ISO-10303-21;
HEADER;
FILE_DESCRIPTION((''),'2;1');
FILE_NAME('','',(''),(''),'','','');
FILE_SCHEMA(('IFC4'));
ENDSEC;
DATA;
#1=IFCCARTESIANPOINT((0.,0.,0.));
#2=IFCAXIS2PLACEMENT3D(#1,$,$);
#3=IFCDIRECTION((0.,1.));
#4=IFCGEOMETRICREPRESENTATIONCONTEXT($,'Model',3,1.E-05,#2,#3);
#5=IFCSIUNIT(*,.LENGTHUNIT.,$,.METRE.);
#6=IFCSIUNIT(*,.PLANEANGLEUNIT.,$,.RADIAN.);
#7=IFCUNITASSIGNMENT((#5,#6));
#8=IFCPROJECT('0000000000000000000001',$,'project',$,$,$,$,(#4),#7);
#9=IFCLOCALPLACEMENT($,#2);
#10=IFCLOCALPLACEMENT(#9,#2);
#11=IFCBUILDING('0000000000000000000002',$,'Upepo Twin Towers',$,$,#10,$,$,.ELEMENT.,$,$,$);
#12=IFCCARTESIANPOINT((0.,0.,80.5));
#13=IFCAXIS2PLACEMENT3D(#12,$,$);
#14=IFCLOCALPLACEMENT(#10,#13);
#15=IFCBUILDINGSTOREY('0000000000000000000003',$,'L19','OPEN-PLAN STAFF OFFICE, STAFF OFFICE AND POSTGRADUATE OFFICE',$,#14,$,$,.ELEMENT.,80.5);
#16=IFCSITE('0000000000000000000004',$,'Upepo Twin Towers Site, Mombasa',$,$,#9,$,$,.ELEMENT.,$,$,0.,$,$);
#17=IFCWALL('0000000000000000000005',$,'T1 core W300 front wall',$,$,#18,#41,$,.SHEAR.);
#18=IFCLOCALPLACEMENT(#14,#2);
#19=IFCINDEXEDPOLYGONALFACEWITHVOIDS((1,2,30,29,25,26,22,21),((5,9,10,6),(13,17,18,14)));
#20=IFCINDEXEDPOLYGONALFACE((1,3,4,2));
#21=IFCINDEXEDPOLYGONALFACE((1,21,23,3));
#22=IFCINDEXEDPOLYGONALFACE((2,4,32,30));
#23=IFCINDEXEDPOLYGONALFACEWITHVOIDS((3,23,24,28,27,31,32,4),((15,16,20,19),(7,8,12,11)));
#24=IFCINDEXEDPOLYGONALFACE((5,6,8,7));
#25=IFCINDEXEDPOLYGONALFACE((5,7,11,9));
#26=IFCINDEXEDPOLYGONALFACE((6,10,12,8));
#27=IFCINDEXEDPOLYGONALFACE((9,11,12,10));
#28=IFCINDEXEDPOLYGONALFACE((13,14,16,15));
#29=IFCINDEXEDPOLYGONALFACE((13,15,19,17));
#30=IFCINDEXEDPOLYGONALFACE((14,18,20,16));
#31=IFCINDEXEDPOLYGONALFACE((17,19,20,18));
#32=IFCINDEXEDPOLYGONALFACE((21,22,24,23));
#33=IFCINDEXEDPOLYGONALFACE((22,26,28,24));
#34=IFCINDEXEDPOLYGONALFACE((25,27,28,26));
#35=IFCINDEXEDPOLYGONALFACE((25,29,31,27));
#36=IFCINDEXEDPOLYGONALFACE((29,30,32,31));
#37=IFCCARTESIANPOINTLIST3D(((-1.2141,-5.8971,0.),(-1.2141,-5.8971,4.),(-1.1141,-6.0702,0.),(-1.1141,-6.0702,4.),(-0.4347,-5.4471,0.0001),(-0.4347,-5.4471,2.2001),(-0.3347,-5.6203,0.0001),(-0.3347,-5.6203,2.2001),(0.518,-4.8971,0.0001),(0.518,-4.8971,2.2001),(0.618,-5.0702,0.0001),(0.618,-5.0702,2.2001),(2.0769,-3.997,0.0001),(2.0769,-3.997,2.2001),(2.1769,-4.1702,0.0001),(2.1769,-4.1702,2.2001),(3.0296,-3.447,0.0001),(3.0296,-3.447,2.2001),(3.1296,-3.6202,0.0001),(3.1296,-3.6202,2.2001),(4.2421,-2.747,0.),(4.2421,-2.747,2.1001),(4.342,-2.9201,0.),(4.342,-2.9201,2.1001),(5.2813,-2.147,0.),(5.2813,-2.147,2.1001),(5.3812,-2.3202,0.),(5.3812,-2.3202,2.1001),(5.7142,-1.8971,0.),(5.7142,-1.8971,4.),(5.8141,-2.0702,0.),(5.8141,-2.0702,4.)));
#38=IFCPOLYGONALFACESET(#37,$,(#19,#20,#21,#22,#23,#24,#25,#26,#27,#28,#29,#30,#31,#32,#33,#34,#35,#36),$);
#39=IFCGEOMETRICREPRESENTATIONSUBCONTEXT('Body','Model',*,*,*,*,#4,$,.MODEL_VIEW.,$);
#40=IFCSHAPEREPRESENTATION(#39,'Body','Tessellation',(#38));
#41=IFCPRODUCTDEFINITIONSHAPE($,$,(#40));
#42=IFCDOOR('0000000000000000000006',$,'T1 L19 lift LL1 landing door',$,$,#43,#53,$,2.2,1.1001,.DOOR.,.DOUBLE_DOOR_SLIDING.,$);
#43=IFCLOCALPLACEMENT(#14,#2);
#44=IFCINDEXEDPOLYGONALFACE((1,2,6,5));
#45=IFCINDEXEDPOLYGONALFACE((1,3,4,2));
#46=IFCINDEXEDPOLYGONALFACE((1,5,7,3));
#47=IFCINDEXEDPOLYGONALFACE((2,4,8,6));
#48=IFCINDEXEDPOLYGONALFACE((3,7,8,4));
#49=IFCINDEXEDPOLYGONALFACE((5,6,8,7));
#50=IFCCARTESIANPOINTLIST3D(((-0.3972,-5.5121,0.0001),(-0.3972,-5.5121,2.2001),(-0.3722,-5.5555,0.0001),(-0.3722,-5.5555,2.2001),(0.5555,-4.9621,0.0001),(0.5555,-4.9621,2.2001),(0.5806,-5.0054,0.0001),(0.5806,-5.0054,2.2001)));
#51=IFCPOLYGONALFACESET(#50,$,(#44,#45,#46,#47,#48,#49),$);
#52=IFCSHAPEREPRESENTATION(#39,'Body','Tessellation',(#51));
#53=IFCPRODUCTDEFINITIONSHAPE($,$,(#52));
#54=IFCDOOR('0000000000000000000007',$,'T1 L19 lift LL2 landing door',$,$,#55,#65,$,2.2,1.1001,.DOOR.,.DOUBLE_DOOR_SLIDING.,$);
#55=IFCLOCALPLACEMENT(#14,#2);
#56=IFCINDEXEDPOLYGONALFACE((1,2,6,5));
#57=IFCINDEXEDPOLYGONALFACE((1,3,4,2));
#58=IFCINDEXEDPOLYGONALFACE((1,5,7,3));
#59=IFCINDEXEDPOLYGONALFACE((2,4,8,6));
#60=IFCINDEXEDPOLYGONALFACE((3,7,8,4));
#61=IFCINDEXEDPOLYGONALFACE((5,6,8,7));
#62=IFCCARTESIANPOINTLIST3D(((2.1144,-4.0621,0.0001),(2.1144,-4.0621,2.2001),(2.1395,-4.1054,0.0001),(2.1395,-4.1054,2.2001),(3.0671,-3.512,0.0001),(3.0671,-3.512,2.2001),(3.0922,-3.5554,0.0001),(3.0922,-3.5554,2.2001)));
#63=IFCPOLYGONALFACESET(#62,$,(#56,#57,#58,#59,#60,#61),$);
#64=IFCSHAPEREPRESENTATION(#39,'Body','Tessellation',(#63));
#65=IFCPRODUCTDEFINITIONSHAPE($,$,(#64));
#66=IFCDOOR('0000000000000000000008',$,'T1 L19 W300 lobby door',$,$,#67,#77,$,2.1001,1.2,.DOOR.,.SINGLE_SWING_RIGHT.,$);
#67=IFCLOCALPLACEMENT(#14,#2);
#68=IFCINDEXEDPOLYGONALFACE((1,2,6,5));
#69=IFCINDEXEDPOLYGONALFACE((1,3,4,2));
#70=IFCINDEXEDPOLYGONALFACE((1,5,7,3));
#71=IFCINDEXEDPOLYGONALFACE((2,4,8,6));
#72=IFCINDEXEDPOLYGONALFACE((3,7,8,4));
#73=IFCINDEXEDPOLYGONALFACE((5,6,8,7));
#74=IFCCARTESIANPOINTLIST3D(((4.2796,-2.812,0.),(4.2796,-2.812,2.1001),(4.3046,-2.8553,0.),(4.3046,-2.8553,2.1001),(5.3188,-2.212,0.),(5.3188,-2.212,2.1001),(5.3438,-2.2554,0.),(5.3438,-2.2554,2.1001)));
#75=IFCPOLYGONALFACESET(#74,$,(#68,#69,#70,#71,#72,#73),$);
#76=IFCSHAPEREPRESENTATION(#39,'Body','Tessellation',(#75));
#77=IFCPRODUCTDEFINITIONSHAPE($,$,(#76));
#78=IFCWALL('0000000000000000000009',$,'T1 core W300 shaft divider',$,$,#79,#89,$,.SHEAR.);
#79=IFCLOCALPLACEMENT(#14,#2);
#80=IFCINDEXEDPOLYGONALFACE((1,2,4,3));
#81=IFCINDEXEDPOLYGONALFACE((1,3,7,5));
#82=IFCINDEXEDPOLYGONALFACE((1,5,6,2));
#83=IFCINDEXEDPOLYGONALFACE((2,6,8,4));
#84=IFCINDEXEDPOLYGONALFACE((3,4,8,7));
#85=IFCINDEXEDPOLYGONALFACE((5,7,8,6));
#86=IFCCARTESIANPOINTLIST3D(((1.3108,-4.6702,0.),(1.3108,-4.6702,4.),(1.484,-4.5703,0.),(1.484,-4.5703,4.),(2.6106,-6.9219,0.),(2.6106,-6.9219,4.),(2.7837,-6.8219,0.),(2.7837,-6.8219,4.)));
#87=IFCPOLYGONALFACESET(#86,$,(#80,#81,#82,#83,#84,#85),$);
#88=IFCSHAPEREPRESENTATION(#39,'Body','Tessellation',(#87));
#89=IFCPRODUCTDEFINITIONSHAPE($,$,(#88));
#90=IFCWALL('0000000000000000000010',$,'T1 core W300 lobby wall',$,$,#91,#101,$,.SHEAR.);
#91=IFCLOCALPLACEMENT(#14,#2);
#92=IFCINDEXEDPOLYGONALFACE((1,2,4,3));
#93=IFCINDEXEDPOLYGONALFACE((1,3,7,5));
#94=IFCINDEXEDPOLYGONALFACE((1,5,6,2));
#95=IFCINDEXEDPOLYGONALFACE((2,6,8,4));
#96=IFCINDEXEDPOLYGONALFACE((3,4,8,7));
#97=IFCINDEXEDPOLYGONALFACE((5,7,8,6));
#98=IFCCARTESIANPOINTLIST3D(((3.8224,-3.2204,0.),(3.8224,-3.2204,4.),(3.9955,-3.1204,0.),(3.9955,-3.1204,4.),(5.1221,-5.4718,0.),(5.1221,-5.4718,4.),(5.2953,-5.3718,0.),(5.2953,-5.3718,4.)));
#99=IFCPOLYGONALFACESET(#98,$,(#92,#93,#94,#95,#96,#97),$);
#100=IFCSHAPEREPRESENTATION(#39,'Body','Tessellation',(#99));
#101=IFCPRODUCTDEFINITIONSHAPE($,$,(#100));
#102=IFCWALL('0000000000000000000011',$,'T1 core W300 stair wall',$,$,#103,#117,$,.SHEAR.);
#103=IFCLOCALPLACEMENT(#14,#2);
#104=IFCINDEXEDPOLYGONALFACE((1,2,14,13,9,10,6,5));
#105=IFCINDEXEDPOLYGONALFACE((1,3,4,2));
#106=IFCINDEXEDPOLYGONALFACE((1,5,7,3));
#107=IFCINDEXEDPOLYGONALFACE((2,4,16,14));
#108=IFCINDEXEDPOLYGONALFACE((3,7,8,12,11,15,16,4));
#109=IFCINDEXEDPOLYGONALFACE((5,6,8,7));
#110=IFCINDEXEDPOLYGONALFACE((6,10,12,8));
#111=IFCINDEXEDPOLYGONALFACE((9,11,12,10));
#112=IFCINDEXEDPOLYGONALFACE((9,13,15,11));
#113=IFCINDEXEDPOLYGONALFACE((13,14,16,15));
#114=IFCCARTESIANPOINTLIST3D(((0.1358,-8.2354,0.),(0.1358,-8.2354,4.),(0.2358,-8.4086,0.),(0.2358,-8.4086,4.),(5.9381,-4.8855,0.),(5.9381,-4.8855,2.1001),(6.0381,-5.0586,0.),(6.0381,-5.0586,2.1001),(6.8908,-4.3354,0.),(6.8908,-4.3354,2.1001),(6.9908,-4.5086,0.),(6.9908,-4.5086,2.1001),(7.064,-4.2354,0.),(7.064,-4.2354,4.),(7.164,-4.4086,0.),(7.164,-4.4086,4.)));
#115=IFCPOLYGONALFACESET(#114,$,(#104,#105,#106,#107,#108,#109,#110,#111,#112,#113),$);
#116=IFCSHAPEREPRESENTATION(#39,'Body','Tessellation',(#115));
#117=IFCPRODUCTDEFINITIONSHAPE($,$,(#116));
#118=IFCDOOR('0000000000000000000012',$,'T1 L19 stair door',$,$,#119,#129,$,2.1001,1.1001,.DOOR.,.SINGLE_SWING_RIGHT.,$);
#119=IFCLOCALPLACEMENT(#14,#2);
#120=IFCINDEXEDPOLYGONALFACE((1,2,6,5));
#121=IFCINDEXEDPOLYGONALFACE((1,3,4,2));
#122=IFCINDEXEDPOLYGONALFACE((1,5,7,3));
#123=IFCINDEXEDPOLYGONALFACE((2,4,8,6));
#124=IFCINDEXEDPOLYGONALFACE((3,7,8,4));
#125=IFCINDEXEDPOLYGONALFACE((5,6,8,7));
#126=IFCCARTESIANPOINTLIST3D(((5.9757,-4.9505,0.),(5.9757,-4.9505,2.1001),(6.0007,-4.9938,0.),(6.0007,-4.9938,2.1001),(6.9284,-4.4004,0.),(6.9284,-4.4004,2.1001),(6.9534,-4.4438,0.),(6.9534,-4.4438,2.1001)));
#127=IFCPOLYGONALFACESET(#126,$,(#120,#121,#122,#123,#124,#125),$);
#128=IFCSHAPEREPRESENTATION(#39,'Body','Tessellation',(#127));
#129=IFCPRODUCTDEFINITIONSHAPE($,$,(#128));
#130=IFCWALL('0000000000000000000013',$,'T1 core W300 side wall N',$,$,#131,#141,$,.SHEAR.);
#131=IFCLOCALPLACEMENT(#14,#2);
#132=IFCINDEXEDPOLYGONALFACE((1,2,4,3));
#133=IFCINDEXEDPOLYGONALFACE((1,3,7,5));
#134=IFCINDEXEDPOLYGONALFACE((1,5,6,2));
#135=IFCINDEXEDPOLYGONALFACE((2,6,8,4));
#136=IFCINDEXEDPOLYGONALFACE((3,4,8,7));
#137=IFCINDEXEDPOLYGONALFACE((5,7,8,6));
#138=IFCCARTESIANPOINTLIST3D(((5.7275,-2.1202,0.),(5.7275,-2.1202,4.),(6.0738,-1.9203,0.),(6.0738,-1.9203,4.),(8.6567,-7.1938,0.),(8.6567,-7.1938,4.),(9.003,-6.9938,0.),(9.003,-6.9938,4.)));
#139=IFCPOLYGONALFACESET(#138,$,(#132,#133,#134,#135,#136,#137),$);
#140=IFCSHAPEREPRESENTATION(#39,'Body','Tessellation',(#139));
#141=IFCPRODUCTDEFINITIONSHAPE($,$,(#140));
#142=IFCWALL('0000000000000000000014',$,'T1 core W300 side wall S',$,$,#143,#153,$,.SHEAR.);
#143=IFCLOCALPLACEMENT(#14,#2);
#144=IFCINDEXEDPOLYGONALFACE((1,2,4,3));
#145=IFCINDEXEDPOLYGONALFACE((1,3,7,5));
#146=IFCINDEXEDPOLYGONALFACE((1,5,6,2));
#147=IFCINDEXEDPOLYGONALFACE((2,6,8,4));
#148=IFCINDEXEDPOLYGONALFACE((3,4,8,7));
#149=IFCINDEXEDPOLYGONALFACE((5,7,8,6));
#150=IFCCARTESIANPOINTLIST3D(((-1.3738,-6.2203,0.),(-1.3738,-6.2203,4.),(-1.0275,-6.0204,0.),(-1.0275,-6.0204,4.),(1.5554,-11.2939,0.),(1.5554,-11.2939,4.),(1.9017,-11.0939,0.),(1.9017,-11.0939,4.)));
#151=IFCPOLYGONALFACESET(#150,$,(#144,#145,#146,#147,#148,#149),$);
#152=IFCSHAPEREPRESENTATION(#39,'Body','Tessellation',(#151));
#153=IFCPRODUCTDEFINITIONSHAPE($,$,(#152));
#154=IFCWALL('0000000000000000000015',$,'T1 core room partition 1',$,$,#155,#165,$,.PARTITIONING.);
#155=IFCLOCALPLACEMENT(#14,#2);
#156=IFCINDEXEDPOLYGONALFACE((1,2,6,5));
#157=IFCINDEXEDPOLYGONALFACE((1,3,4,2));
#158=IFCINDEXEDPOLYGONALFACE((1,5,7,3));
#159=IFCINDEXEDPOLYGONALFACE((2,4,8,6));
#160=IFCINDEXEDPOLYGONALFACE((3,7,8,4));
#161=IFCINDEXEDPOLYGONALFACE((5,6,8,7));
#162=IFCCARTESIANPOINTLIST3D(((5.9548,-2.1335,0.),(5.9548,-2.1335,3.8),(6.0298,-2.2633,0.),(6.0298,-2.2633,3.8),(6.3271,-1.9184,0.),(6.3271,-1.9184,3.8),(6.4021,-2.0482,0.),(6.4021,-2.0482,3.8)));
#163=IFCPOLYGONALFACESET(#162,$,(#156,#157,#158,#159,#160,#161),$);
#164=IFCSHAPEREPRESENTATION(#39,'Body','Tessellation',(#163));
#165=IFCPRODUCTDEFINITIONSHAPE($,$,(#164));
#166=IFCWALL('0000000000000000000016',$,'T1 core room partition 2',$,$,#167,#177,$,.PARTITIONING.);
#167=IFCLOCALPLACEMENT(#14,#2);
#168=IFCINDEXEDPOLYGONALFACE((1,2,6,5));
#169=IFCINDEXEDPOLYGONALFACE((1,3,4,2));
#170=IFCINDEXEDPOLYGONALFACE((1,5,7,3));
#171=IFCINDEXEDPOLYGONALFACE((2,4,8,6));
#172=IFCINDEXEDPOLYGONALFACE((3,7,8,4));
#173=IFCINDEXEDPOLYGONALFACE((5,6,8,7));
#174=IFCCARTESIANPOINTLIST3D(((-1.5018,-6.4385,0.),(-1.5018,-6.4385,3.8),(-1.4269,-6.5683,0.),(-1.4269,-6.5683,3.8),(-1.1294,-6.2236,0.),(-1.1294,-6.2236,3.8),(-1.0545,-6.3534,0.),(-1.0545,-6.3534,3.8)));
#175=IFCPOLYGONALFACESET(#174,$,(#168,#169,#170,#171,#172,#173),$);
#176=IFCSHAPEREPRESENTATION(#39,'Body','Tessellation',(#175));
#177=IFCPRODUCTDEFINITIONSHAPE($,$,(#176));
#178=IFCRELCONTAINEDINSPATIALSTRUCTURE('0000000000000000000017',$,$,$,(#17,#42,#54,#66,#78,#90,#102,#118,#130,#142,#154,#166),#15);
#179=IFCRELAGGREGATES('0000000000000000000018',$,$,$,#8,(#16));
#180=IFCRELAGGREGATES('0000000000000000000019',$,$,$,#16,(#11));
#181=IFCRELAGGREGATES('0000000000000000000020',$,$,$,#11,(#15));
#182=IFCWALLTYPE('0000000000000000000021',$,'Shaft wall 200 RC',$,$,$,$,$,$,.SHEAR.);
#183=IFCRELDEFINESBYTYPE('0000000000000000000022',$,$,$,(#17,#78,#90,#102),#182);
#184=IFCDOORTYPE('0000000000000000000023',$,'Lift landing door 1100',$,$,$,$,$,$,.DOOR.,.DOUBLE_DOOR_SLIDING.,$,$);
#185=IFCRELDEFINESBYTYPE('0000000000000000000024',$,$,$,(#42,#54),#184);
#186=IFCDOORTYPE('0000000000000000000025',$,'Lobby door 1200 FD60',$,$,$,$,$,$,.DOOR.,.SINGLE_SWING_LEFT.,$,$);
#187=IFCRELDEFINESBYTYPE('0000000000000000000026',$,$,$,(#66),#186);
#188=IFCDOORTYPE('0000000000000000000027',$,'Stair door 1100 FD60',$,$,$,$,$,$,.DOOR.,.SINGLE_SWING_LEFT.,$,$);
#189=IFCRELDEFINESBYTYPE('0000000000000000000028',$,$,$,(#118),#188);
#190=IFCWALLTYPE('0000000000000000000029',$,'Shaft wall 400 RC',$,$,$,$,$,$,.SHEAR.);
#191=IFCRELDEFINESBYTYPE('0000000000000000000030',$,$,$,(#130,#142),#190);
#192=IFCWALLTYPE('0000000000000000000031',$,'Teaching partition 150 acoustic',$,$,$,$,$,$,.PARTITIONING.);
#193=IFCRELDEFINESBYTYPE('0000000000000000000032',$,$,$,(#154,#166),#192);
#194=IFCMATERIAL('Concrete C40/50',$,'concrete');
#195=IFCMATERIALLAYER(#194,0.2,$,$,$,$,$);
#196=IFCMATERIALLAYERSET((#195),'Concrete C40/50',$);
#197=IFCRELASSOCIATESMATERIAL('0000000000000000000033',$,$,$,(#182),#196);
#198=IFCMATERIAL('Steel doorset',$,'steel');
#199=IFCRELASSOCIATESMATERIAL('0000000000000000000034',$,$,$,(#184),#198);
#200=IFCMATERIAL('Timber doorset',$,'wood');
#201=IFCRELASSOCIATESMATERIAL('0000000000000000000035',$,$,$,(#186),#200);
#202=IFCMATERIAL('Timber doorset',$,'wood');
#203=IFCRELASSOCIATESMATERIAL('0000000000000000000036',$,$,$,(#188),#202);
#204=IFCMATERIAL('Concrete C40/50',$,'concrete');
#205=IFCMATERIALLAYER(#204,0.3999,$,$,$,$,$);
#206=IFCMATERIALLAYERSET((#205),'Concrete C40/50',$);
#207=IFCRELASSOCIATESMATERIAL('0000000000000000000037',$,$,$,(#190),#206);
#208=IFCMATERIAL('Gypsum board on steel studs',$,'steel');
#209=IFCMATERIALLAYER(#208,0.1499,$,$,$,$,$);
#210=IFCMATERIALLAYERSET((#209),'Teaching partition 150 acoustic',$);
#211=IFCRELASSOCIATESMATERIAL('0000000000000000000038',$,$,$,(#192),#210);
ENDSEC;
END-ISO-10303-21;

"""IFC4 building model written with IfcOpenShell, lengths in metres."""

from ifc_helpers import new_model, si_unit, direction, frame, frame_2d, origin, place, context, subcontext, project, spatial, rectangle, extrude, material, layer, layer_set, type_object, element, fill, save


model = new_model("IFC4")

# Units and contexts
model_context = context("Model", 3, precision=1e-05, world=origin(), true_north=direction((0.0, 1.0)))
body_context = subcontext(model_context, "Body", "Model", "MODEL_VIEW")
ifc_project = project(units=[si_unit("LENGTHUNIT", "METRE"), si_unit("PLANEANGLEUNIT", "RADIAN")], contexts=[model_context])

# Site, building, storey
site_placement = place(None, origin())
site = spatial("IfcSite", under=ifc_project, at=site_placement, Name="Upepo Twin Towers Site, Mombasa", CompositionType="ELEMENT", RefElevation=0.0)
building_placement = place(site_placement, origin())
building = spatial("IfcBuilding", under=site, at=building_placement, Name="Upepo Twin Towers", CompositionType="ELEMENT")
storey_placement = place(building_placement, frame((0.0, 0.0, 80.5)))
storey = spatial("IfcBuildingStorey", under=building, at=storey_placement, Name="L19", Description="OPEN-PLAN STAFF OFFICE, STAFF OFFICE AND POSTGRADUATE OFFICE", CompositionType="ELEMENT", Elevation=80.5)

# Wall, openings, doors
ifc_material_1 = material(Name="Concrete C40/50", Category="concrete")
ifc_layer_1 = layer(ifc_material_1, 0.2)
ifc_layer_set_1 = layer_set([ifc_layer_1], Name="Concrete C40/50")
wall_type_1 = type_object("IfcWallType", Name="Shaft wall 200 RC", PredefinedType="SHEAR", material=ifc_layer_set_1)
wall_1_placement = place(storey_placement, frame((-1.1641, -5.9836, 0.0), z_axis=(0.0, 0.0, 1.0), x_axis=(0.866026, 0.499999, 0.0)))
wall_1 = element("IfcWall", 1, at=wall_1_placement, inside=storey, type_object=wall_type_1, Name="T1 core W300 front wall", PredefinedType="SHEAR", context=body_context, shape_type="SweptSolid", body=[
    extrude(rectangle(XDim=8.0, YDim=0.2, at=frame_2d((4.0, 0.0))), origin(), (0.0, 0.0, 1.0), 4.0),
])
opening_1_placement = place(wall_1_placement, frame((6.3, 0.0, 0.0)))
opening_1 = element("IfcOpeningElement", 2, at=opening_1_placement, cuts=wall_1, PredefinedType="OPENING", context=body_context, shape_type="SweptSolid", body=[
    extrude(rectangle(XDim=1.2, YDim=2.1001, at=frame_2d((0.6001, 1.05))), frame((0.0, 0.1099, 0.0), z_axis=(0.0, -1.0, 0.0), x_axis=(1.0, 0.0, 0.0)), (0.0, 0.0, 1.0), 0.22),
])
opening_2_placement = place(wall_1_placement, frame((0.8999, 0.0, 0.0)))
opening_2 = element("IfcOpeningElement", 3, at=opening_2_placement, cuts=wall_1, PredefinedType="OPENING", context=body_context, shape_type="SweptSolid", body=[
    extrude(rectangle(XDim=1.1001, YDim=2.2, at=frame_2d((0.55, 1.1001))), frame((0.0, 0.1099, 0.0), z_axis=(0.0, -1.0, 0.0), x_axis=(1.0, 0.0, 0.0)), (0.0, 0.0, 1.0), 0.22),
])
opening_3_placement = place(wall_1_placement, frame((3.8, 0.0, 0.0)))
opening_3 = element("IfcOpeningElement", 4, at=opening_3_placement, cuts=wall_1, PredefinedType="OPENING", context=body_context, shape_type="SweptSolid", body=[
    extrude(rectangle(XDim=1.1001, YDim=2.2, at=frame_2d((0.55, 1.1001))), frame((0.0, 0.1099, 0.0), z_axis=(0.0, -1.0, 0.0), x_axis=(1.0, 0.0, 0.0)), (0.0, 0.0, 1.0), 0.22),
])
ifc_material_2 = material(Name="Steel doorset", Category="steel")
door_type_1 = type_object("IfcDoorType", Name="Lift landing door 1100", OperationType="DOUBLE_DOOR_SLIDING", PredefinedType="DOOR", material=ifc_material_2)
door_1_placement = place(opening_2_placement, origin())
door_1 = element("IfcDoor", 5, at=door_1_placement, inside=storey, type_object=door_type_1, Name="T1 L19 lift LL1 landing door", OperationType="DOUBLE_DOOR_SLIDING", OverallHeight=2.2, OverallWidth=1.1001, PredefinedType="DOOR", context=body_context, shape_type="SweptSolid", body=[
    extrude(rectangle(XDim=1.1001, YDim=2.2, at=frame_2d((0.55, 1.1001))), frame((0.0, 0.0249, 0.0), z_axis=(0.0, -1.0, 0.0), x_axis=(1.0, 0.0, 0.0)), (0.0, 0.0, 1.0), 0.05),
])
fill(opening_2, door_1)
door_2_placement = place(opening_3_placement, origin())
door_2 = element("IfcDoor", 6, at=door_2_placement, inside=storey, type_object=door_type_1, Name="T1 L19 lift LL2 landing door", OperationType="DOUBLE_DOOR_SLIDING", OverallHeight=2.2, OverallWidth=1.1001, PredefinedType="DOOR", context=body_context, shape_type="SweptSolid", body=[
    extrude(rectangle(XDim=1.1001, YDim=2.2, at=frame_2d((0.55, 1.1001))), frame((0.0, 0.0249, 0.0), z_axis=(0.0, -1.0, 0.0), x_axis=(1.0, 0.0, 0.0)), (0.0, 0.0, 1.0), 0.05),
])
fill(opening_3, door_2)
ifc_material_3 = material(Name="Timber doorset", Category="wood")
door_type_2 = type_object("IfcDoorType", Name="Lobby door 1200 FD60", OperationType="SINGLE_SWING_LEFT", PredefinedType="DOOR", material=ifc_material_3)
door_3_placement = place(opening_1_placement, origin())
door_3 = element("IfcDoor", 7, at=door_3_placement, inside=storey, type_object=door_type_2, Name="T1 L19 W300 lobby door", OperationType="SINGLE_SWING_RIGHT", OverallHeight=2.1001, OverallWidth=1.2, PredefinedType="DOOR", context=body_context, shape_type="SweptSolid", body=[
    extrude(rectangle(XDim=1.2, YDim=2.1001, at=frame_2d((0.6001, 1.05))), frame((0.0, 0.0249, 0.0), z_axis=(0.0, -1.0, 0.0), x_axis=(1.0, 0.0, 0.0)), (0.0, 0.0, 1.0), 0.05),
])
fill(opening_1, door_3)

# Walls
wall_2_placement = place(storey_placement, frame((1.3975, -4.6204, 0.0), z_axis=(0.0, 0.0, 1.0), x_axis=(0.499937, -0.866062, 0.0)))
element("IfcWall", 8, at=wall_2_placement, inside=storey, type_object=wall_type_1, Name="T1 core W300 shaft divider", PredefinedType="SHEAR", context=body_context, shape_type="SweptSolid", body=[
    extrude(rectangle(XDim=2.5999, YDim=0.2, at=frame_2d((1.2998, 0.0))), origin(), (0.0, 0.0, 1.0), 4.0),
])
wall_3_placement = place(storey_placement, frame((3.9089, -3.1704, 0.0), z_axis=(0.0, 0.0, 1.0), x_axis=(0.499977, -0.866039, 0.0)))
element("IfcWall", 9, at=wall_3_placement, inside=storey, type_object=wall_type_1, Name="T1 core W300 lobby wall", PredefinedType="SHEAR", context=body_context, shape_type="SweptSolid", body=[
    extrude(rectangle(XDim=2.5996, YDim=0.2, at=frame_2d((1.2998, 0.0))), origin(), (0.0, 0.0, 1.0), 4.0),
])

# Wall, opening, door
wall_4_placement = place(storey_placement, frame((0.1858, -8.322, 0.0), z_axis=(0.0, 0.0, 1.0), x_axis=(0.866026, 0.499999, 0.0)))
wall_4 = element("IfcWall", 10, at=wall_4_placement, inside=storey, type_object=wall_type_1, Name="T1 core W300 stair wall", PredefinedType="SHEAR", context=body_context, shape_type="SweptSolid", body=[
    extrude(rectangle(XDim=8.0, YDim=0.2, at=frame_2d((4.0, 0.0))), origin(), (0.0, 0.0, 1.0), 4.0),
])
opening_4_placement = place(wall_4_placement, frame((6.7, 0.0, 0.0)))
opening_4 = element("IfcOpeningElement", 11, at=opening_4_placement, cuts=wall_4, PredefinedType="OPENING", context=body_context, shape_type="SweptSolid", body=[
    extrude(rectangle(XDim=1.1001, YDim=2.1001, at=frame_2d((0.55, 1.05))), frame((0.0, 0.1099, 0.0), z_axis=(0.0, -1.0, 0.0), x_axis=(1.0, 0.0, 0.0)), (0.0, 0.0, 1.0), 0.22),
])
ifc_material_4 = material(Name="Timber doorset", Category="wood")
door_type_3 = type_object("IfcDoorType", Name="Stair door 1100 FD60", OperationType="SINGLE_SWING_LEFT", PredefinedType="DOOR", material=ifc_material_4)
door_4_placement = place(opening_4_placement, origin())
door_4 = element("IfcDoor", 12, at=door_4_placement, inside=storey, type_object=door_type_3, Name="T1 L19 stair door", OperationType="SINGLE_SWING_RIGHT", OverallHeight=2.1001, OverallWidth=1.1001, PredefinedType="DOOR", context=body_context, shape_type="SweptSolid", body=[
    extrude(rectangle(XDim=1.1001, YDim=2.1001, at=frame_2d((0.55, 1.05))), frame((0.0, 0.0249, 0.0), z_axis=(0.0, -1.0, 0.0), x_axis=(1.0, 0.0, 0.0)), (0.0, 0.0, 1.0), 0.05),
])
fill(opening_4, door_4)

# Walls
ifc_material_5 = material(Name="Concrete C40/50", Category="concrete")
ifc_layer_2 = layer(ifc_material_5, 0.3999)
ifc_layer_set_2 = layer_set([ifc_layer_2], Name="Concrete C40/50")
wall_type_2 = type_object("IfcWallType", Name="Shaft wall 400 RC", PredefinedType="SHEAR", material=ifc_layer_set_2)
for number, where, z_axis, x_axis, name in (
    (13, (5.9006, -2.0203, 0.0), (0.0, 0.0, 1.0), (0.500003, -0.866024, 0.0), "T1 core W300 side wall N"),
    (14, (-1.2007, -6.1204, 0.0), (0.0, 0.0, 1.0), (0.500003, -0.866024, 0.0), "T1 core W300 side wall S"),
):
    element("IfcWall", number, at=place(storey_placement, frame(where, z_axis=z_axis, x_axis=x_axis)), inside=storey, type_object=wall_type_2, Name=name, PredefinedType="SHEAR", context=body_context, shape_type="SweptSolid", body=[
        extrude(rectangle(XDim=5.8584, YDim=0.3999, at=frame_2d((2.9292, 0.0))), origin(), (0.0, 0.0, 1.0), 4.0),
    ])
ifc_material_6 = material(Name="Gypsum board on steel studs", Category="steel")
ifc_layer_3 = layer(ifc_material_6, 0.1499)
ifc_layer_set_3 = layer_set([ifc_layer_3], Name="Teaching partition 150 acoustic")
wall_type_3 = type_object("IfcWallType", Name="Teaching partition 150 acoustic", PredefinedType="PARTITIONING", material=ifc_layer_set_3)
for number, where, z_axis, x_axis, name in (
    (15, (6.3645, -1.9834, 0.0), (0.0, 0.0, 1.0), (-0.865892, -0.50023, 0.0), "T1 core room partition 1"),
    (16, (-1.092, -6.2886, 0.0), (0.0, 0.0, 1.0), (-0.866138, -0.499804, 0.0), "T1 core room partition 2"),
):
    element("IfcWall", number, at=place(storey_placement, frame(where, z_axis=z_axis, x_axis=x_axis)), inside=storey, type_object=wall_type_3, Name=name, PredefinedType="PARTITIONING", context=body_context, shape_type="SweptSolid", body=[
        extrude(rectangle(XDim=0.4299, YDim=0.1499, at=frame_2d((0.2148, 0.0))), origin(), (0.0, 0.0, 1.0), 3.8),
    ])

save(model, "model.ifc")
